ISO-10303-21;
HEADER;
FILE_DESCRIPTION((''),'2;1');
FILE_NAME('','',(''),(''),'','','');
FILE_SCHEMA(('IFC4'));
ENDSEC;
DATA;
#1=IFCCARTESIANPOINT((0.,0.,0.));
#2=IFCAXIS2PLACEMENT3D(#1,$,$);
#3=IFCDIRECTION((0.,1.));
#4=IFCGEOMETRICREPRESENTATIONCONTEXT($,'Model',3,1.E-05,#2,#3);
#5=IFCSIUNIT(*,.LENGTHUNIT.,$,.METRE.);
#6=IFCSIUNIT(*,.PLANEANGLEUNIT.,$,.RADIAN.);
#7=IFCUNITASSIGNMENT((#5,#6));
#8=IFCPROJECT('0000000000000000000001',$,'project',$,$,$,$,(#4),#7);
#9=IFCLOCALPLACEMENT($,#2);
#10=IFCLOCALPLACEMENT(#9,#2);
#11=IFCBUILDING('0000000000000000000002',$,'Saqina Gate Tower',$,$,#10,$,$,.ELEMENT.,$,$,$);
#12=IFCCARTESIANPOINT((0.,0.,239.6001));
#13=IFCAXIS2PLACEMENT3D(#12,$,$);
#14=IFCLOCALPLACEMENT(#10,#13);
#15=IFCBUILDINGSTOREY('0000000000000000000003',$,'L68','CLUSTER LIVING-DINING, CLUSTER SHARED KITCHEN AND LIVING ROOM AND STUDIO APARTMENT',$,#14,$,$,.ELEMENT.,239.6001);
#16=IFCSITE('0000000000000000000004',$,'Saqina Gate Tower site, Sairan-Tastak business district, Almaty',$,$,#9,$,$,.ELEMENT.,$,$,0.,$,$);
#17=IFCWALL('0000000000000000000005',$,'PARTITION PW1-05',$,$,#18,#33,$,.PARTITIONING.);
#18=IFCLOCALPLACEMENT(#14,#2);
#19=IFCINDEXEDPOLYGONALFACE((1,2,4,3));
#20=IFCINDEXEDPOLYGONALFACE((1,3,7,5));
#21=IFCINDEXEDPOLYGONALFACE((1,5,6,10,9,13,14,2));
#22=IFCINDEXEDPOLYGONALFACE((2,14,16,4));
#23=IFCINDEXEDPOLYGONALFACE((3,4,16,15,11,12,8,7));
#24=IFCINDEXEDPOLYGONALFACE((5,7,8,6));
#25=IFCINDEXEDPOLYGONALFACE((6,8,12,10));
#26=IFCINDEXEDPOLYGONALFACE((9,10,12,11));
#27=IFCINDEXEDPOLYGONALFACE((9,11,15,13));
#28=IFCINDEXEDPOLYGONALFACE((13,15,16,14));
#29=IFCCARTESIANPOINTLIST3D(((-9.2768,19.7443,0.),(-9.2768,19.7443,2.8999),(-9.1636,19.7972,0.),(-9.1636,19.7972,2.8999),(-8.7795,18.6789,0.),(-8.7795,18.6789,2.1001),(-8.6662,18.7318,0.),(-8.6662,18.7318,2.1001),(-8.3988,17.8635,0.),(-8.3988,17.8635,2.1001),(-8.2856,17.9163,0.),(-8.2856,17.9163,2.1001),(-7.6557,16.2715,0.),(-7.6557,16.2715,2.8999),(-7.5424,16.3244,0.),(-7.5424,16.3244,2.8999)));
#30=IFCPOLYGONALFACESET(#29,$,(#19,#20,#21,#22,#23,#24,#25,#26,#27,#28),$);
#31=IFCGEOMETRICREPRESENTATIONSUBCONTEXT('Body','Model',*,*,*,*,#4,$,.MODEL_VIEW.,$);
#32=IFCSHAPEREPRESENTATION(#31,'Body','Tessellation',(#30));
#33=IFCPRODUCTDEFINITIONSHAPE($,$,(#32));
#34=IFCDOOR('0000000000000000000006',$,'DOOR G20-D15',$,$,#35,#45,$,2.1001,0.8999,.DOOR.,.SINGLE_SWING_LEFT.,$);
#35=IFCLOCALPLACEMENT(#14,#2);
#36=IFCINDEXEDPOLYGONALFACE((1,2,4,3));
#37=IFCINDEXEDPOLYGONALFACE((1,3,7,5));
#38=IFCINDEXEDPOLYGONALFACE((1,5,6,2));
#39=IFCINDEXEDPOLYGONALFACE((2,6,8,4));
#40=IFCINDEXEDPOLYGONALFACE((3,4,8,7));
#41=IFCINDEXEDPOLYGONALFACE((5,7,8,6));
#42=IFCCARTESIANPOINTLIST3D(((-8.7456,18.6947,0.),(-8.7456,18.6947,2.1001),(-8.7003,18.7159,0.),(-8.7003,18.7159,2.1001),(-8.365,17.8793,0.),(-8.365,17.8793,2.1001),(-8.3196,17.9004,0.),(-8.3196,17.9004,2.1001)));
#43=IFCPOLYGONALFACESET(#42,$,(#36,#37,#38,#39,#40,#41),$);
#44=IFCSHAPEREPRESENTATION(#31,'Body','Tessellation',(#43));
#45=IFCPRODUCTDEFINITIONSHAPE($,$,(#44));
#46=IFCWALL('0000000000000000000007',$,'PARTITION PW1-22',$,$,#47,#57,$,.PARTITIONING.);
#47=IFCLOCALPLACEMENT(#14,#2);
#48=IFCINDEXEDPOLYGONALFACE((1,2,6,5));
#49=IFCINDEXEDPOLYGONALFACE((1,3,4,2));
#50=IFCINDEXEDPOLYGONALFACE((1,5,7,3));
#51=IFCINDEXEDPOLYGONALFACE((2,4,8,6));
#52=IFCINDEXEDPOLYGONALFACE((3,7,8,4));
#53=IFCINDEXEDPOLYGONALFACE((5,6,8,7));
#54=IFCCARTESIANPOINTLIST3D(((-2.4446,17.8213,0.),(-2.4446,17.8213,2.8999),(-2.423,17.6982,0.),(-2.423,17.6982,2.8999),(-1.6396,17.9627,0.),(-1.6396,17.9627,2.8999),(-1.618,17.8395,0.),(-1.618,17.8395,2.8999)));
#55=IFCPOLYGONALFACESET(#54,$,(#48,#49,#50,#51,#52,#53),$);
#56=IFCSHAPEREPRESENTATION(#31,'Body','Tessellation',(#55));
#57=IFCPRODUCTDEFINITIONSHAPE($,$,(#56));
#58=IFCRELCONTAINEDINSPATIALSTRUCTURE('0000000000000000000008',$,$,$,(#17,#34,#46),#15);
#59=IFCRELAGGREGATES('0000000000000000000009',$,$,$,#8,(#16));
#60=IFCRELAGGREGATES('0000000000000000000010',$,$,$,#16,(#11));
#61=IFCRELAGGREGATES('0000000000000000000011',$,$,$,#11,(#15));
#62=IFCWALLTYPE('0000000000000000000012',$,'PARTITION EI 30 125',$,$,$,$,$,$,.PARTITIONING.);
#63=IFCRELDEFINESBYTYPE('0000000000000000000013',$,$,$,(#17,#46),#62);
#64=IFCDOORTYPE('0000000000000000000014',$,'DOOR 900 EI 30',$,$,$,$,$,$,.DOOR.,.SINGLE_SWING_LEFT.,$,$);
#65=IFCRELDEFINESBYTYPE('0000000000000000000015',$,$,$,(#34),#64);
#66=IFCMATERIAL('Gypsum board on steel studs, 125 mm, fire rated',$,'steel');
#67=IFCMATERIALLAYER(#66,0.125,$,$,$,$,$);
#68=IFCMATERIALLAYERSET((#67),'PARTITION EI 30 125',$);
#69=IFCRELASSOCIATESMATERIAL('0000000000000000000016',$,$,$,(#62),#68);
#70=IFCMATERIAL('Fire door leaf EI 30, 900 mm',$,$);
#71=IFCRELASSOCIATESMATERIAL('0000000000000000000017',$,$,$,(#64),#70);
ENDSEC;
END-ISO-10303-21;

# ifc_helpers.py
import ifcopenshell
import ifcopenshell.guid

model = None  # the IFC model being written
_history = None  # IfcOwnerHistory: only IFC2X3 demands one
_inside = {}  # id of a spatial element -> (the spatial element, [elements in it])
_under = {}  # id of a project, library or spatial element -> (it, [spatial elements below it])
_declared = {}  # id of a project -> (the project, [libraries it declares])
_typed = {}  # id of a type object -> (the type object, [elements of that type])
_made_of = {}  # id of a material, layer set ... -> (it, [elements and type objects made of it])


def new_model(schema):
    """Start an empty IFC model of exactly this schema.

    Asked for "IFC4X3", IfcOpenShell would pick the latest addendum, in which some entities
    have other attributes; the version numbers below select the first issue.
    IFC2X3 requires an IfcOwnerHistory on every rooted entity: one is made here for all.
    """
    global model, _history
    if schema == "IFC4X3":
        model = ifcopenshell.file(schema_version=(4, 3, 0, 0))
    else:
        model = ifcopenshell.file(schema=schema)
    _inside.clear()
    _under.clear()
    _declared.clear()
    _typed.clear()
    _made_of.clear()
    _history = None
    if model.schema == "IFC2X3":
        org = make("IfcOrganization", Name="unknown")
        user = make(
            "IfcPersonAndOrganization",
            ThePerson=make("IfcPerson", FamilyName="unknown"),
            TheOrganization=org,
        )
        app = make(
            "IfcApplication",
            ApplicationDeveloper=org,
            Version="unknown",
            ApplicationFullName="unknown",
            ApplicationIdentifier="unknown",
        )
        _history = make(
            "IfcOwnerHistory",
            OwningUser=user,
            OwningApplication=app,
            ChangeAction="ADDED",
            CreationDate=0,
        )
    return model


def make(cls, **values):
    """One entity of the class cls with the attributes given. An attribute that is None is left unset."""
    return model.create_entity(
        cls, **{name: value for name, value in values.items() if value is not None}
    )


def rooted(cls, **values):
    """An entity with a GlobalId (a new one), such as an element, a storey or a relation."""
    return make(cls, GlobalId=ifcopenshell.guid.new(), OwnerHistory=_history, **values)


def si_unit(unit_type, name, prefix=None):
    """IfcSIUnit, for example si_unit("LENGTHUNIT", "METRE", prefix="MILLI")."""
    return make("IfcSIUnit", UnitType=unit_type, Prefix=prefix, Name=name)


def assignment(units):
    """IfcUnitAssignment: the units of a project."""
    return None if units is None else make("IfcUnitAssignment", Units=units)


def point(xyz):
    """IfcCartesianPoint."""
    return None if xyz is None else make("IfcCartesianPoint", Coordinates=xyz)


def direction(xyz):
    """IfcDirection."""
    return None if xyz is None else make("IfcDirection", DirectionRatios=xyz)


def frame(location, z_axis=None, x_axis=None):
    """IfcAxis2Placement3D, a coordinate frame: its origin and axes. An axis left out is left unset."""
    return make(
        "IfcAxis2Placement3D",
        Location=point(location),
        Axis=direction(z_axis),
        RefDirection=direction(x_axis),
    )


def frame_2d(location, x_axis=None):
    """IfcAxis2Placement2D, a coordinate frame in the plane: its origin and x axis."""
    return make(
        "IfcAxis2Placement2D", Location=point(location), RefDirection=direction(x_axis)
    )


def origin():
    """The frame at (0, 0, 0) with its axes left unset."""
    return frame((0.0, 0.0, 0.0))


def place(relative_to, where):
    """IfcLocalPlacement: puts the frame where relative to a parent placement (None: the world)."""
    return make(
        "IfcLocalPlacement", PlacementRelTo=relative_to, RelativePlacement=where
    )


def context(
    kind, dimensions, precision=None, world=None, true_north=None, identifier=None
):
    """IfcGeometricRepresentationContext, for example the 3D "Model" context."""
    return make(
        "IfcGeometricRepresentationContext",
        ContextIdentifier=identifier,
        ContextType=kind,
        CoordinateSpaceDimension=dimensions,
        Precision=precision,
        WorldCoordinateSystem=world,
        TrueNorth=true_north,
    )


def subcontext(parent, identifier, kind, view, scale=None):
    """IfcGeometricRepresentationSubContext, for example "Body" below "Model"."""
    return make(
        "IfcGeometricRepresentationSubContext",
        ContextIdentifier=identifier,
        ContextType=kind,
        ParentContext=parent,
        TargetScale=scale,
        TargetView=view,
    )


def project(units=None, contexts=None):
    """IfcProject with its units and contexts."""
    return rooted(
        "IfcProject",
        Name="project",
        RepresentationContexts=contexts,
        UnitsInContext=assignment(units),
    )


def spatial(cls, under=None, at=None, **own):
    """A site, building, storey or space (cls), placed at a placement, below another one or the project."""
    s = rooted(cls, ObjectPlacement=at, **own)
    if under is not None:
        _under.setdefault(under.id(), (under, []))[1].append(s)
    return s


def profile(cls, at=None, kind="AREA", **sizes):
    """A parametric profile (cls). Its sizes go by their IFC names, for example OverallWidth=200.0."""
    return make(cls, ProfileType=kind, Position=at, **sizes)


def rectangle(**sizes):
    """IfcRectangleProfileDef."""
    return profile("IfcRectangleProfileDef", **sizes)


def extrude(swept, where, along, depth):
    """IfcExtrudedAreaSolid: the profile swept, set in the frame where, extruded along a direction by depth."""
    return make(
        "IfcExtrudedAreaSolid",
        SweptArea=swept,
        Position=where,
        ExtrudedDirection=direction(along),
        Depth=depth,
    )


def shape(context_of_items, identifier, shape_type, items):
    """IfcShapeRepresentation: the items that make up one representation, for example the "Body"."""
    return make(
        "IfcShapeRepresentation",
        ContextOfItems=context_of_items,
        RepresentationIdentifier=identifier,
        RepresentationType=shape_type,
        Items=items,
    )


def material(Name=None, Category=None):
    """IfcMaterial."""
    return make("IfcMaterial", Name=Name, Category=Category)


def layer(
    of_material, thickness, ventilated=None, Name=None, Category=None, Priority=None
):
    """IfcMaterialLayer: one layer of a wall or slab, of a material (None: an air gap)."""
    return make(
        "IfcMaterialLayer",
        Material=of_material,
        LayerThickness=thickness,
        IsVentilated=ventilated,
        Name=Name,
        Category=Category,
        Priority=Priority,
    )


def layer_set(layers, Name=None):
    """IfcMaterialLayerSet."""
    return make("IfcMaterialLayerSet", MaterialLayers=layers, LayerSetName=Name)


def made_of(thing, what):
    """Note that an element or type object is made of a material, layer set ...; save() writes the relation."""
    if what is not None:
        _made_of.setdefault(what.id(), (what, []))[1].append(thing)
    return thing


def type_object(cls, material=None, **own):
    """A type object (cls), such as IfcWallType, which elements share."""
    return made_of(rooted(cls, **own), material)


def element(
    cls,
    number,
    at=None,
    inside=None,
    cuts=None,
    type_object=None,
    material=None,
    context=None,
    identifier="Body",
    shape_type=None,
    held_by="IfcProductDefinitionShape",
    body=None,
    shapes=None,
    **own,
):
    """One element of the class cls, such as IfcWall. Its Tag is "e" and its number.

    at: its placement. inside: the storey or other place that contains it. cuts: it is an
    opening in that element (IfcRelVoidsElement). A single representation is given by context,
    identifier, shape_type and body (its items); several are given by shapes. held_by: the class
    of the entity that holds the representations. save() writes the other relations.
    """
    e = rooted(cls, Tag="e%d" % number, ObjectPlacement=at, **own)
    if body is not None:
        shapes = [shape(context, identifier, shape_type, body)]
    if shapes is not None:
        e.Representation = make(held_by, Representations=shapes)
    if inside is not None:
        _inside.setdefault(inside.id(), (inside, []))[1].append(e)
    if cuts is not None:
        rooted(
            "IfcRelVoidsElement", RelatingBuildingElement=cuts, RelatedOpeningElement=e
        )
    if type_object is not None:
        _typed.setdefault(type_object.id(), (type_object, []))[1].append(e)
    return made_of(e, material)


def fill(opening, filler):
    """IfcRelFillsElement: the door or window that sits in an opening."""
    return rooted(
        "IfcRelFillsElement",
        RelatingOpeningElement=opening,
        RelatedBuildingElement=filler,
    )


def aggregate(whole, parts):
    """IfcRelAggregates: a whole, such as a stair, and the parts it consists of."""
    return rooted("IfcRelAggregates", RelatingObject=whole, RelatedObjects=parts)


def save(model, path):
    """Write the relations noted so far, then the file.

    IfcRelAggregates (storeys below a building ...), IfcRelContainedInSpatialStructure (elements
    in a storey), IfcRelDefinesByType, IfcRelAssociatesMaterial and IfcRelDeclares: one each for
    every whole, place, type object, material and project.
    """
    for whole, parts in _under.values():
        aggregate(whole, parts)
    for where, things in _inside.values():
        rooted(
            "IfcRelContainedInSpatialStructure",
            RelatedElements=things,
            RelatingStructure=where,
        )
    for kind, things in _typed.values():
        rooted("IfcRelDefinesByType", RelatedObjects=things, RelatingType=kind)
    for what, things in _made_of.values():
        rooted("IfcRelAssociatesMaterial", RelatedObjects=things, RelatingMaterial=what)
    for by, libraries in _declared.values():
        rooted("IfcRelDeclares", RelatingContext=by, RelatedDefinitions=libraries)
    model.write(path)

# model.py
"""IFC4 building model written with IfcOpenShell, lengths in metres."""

from ifc_helpers import new_model, si_unit, direction, frame, frame_2d, origin, place, context, subcontext, project, spatial, rectangle, extrude, material, layer, layer_set, type_object, element, fill, save


model = new_model("IFC4")

# Units and contexts
model_context = context("Model", 3, precision=1e-05, world=origin(), true_north=direction((0.0, 1.0)))
body_context = subcontext(model_context, "Body", "Model", "MODEL_VIEW")
ifc_project = project(units=[si_unit("LENGTHUNIT", "METRE"), si_unit("PLANEANGLEUNIT", "RADIAN")], contexts=[model_context])

# Site, building, storey
site_placement = place(None, origin())
site = spatial("IfcSite", under=ifc_project, at=site_placement, Name="Saqina Gate Tower site, Sairan-Tastak business district, Almaty", CompositionType="ELEMENT", RefElevation=0.0)
building_placement = place(site_placement, origin())
building = spatial("IfcBuilding", under=site, at=building_placement, Name="Saqina Gate Tower", CompositionType="ELEMENT")
storey_placement = place(building_placement, frame((0.0, 0.0, 239.6001)))
storey = spatial("IfcBuildingStorey", under=building, at=storey_placement, Name="L68", Description="CLUSTER LIVING-DINING, CLUSTER SHARED KITCHEN AND LIVING ROOM AND STUDIO APARTMENT", CompositionType="ELEMENT", Elevation=239.6001)

# Shared definitions
ifc_material_1 = material(Name="Gypsum board on steel studs, 125 mm, fire rated", Category="steel")
ifc_layer_1 = layer(ifc_material_1, 0.125)
ifc_layer_set_1 = layer_set([ifc_layer_1], Name="PARTITION EI 30 125")
wall_type_1 = type_object("IfcWallType", Name="PARTITION EI 30 125", PredefinedType="PARTITIONING", material=ifc_layer_set_1)
ifc_material_2 = material(Name="Fire door leaf EI 30, 900 mm")
door_type_1 = type_object("IfcDoorType", Name="DOOR 900 EI 30", OperationType="SINGLE_SWING_LEFT", PredefinedType="DOOR", material=ifc_material_2)

# Wall, opening, door
wall_1_placement = place(storey_placement, frame((-9.2202, 19.7708, 0.0), z_axis=(0.0, 0.0, 1.0), x_axis=(0.422997, -0.906131, 0.0)))
wall_1 = element("IfcWall", 1, at=wall_1_placement, inside=storey, type_object=wall_type_1, Name="PARTITION PW1-05", PredefinedType="PARTITIONING", context=body_context, shape_type="SweptSolid", body=[
    extrude(rectangle(XDim=3.8325, YDim=0.125, at=frame_2d((1.9163, 0.0))), origin(), (0.0, 0.0, 1.0), 2.8999),
])
opening_1_placement = place(wall_1_placement, frame((1.1758, 0.0, 0.0)))
opening_1 = element("IfcOpeningElement", 2, at=opening_1_placement, cuts=wall_1, PredefinedType="OPENING", context=body_context, shape_type="SweptSolid", body=[
    extrude(rectangle(XDim=0.8999, YDim=2.1001, at=frame_2d((0.45, 1.05))), frame((0.0, 0.0745, 0.0), z_axis=(0.0, -1.0, 0.0), x_axis=(1.0, 0.0, 0.0)), (0.0, 0.0, 1.0), 0.1489),
])
door_1_placement = place(opening_1_placement, origin())
door_1 = element("IfcDoor", 3, at=door_1_placement, inside=storey, type_object=door_type_1, Name="DOOR G20-D15", OperationType="SINGLE_SWING_LEFT", OverallHeight=2.1001, OverallWidth=0.8999, PredefinedType="DOOR", context=body_context, shape_type="SweptSolid", body=[
    extrude(rectangle(XDim=0.8999, YDim=2.1001, at=frame_2d((0.45, 1.05))), frame((0.0, 0.0249, 0.0), z_axis=(0.0, -1.0, 0.0), x_axis=(1.0, 0.0, 0.0)), (0.0, 0.0, 1.0), 0.05),
])
fill(opening_1, door_1)

# Wall
wall_2_placement = place(storey_placement, frame((-2.4338, 17.7598, 0.0), z_axis=(0.0, 0.0, 1.0), x_axis=(0.984937, 0.172916, 0.0)))
element("IfcWall", 4, at=wall_2_placement, inside=storey, type_object=wall_type_1, Name="PARTITION PW1-22", PredefinedType="PARTITIONING", context=body_context, shape_type="SweptSolid", body=[
    extrude(rectangle(XDim=0.8174, YDim=0.125, at=frame_2d((0.4087, 0.0))), origin(), (0.0, 0.0, 1.0), 2.8999),
])

save(model, "model.ifc")
